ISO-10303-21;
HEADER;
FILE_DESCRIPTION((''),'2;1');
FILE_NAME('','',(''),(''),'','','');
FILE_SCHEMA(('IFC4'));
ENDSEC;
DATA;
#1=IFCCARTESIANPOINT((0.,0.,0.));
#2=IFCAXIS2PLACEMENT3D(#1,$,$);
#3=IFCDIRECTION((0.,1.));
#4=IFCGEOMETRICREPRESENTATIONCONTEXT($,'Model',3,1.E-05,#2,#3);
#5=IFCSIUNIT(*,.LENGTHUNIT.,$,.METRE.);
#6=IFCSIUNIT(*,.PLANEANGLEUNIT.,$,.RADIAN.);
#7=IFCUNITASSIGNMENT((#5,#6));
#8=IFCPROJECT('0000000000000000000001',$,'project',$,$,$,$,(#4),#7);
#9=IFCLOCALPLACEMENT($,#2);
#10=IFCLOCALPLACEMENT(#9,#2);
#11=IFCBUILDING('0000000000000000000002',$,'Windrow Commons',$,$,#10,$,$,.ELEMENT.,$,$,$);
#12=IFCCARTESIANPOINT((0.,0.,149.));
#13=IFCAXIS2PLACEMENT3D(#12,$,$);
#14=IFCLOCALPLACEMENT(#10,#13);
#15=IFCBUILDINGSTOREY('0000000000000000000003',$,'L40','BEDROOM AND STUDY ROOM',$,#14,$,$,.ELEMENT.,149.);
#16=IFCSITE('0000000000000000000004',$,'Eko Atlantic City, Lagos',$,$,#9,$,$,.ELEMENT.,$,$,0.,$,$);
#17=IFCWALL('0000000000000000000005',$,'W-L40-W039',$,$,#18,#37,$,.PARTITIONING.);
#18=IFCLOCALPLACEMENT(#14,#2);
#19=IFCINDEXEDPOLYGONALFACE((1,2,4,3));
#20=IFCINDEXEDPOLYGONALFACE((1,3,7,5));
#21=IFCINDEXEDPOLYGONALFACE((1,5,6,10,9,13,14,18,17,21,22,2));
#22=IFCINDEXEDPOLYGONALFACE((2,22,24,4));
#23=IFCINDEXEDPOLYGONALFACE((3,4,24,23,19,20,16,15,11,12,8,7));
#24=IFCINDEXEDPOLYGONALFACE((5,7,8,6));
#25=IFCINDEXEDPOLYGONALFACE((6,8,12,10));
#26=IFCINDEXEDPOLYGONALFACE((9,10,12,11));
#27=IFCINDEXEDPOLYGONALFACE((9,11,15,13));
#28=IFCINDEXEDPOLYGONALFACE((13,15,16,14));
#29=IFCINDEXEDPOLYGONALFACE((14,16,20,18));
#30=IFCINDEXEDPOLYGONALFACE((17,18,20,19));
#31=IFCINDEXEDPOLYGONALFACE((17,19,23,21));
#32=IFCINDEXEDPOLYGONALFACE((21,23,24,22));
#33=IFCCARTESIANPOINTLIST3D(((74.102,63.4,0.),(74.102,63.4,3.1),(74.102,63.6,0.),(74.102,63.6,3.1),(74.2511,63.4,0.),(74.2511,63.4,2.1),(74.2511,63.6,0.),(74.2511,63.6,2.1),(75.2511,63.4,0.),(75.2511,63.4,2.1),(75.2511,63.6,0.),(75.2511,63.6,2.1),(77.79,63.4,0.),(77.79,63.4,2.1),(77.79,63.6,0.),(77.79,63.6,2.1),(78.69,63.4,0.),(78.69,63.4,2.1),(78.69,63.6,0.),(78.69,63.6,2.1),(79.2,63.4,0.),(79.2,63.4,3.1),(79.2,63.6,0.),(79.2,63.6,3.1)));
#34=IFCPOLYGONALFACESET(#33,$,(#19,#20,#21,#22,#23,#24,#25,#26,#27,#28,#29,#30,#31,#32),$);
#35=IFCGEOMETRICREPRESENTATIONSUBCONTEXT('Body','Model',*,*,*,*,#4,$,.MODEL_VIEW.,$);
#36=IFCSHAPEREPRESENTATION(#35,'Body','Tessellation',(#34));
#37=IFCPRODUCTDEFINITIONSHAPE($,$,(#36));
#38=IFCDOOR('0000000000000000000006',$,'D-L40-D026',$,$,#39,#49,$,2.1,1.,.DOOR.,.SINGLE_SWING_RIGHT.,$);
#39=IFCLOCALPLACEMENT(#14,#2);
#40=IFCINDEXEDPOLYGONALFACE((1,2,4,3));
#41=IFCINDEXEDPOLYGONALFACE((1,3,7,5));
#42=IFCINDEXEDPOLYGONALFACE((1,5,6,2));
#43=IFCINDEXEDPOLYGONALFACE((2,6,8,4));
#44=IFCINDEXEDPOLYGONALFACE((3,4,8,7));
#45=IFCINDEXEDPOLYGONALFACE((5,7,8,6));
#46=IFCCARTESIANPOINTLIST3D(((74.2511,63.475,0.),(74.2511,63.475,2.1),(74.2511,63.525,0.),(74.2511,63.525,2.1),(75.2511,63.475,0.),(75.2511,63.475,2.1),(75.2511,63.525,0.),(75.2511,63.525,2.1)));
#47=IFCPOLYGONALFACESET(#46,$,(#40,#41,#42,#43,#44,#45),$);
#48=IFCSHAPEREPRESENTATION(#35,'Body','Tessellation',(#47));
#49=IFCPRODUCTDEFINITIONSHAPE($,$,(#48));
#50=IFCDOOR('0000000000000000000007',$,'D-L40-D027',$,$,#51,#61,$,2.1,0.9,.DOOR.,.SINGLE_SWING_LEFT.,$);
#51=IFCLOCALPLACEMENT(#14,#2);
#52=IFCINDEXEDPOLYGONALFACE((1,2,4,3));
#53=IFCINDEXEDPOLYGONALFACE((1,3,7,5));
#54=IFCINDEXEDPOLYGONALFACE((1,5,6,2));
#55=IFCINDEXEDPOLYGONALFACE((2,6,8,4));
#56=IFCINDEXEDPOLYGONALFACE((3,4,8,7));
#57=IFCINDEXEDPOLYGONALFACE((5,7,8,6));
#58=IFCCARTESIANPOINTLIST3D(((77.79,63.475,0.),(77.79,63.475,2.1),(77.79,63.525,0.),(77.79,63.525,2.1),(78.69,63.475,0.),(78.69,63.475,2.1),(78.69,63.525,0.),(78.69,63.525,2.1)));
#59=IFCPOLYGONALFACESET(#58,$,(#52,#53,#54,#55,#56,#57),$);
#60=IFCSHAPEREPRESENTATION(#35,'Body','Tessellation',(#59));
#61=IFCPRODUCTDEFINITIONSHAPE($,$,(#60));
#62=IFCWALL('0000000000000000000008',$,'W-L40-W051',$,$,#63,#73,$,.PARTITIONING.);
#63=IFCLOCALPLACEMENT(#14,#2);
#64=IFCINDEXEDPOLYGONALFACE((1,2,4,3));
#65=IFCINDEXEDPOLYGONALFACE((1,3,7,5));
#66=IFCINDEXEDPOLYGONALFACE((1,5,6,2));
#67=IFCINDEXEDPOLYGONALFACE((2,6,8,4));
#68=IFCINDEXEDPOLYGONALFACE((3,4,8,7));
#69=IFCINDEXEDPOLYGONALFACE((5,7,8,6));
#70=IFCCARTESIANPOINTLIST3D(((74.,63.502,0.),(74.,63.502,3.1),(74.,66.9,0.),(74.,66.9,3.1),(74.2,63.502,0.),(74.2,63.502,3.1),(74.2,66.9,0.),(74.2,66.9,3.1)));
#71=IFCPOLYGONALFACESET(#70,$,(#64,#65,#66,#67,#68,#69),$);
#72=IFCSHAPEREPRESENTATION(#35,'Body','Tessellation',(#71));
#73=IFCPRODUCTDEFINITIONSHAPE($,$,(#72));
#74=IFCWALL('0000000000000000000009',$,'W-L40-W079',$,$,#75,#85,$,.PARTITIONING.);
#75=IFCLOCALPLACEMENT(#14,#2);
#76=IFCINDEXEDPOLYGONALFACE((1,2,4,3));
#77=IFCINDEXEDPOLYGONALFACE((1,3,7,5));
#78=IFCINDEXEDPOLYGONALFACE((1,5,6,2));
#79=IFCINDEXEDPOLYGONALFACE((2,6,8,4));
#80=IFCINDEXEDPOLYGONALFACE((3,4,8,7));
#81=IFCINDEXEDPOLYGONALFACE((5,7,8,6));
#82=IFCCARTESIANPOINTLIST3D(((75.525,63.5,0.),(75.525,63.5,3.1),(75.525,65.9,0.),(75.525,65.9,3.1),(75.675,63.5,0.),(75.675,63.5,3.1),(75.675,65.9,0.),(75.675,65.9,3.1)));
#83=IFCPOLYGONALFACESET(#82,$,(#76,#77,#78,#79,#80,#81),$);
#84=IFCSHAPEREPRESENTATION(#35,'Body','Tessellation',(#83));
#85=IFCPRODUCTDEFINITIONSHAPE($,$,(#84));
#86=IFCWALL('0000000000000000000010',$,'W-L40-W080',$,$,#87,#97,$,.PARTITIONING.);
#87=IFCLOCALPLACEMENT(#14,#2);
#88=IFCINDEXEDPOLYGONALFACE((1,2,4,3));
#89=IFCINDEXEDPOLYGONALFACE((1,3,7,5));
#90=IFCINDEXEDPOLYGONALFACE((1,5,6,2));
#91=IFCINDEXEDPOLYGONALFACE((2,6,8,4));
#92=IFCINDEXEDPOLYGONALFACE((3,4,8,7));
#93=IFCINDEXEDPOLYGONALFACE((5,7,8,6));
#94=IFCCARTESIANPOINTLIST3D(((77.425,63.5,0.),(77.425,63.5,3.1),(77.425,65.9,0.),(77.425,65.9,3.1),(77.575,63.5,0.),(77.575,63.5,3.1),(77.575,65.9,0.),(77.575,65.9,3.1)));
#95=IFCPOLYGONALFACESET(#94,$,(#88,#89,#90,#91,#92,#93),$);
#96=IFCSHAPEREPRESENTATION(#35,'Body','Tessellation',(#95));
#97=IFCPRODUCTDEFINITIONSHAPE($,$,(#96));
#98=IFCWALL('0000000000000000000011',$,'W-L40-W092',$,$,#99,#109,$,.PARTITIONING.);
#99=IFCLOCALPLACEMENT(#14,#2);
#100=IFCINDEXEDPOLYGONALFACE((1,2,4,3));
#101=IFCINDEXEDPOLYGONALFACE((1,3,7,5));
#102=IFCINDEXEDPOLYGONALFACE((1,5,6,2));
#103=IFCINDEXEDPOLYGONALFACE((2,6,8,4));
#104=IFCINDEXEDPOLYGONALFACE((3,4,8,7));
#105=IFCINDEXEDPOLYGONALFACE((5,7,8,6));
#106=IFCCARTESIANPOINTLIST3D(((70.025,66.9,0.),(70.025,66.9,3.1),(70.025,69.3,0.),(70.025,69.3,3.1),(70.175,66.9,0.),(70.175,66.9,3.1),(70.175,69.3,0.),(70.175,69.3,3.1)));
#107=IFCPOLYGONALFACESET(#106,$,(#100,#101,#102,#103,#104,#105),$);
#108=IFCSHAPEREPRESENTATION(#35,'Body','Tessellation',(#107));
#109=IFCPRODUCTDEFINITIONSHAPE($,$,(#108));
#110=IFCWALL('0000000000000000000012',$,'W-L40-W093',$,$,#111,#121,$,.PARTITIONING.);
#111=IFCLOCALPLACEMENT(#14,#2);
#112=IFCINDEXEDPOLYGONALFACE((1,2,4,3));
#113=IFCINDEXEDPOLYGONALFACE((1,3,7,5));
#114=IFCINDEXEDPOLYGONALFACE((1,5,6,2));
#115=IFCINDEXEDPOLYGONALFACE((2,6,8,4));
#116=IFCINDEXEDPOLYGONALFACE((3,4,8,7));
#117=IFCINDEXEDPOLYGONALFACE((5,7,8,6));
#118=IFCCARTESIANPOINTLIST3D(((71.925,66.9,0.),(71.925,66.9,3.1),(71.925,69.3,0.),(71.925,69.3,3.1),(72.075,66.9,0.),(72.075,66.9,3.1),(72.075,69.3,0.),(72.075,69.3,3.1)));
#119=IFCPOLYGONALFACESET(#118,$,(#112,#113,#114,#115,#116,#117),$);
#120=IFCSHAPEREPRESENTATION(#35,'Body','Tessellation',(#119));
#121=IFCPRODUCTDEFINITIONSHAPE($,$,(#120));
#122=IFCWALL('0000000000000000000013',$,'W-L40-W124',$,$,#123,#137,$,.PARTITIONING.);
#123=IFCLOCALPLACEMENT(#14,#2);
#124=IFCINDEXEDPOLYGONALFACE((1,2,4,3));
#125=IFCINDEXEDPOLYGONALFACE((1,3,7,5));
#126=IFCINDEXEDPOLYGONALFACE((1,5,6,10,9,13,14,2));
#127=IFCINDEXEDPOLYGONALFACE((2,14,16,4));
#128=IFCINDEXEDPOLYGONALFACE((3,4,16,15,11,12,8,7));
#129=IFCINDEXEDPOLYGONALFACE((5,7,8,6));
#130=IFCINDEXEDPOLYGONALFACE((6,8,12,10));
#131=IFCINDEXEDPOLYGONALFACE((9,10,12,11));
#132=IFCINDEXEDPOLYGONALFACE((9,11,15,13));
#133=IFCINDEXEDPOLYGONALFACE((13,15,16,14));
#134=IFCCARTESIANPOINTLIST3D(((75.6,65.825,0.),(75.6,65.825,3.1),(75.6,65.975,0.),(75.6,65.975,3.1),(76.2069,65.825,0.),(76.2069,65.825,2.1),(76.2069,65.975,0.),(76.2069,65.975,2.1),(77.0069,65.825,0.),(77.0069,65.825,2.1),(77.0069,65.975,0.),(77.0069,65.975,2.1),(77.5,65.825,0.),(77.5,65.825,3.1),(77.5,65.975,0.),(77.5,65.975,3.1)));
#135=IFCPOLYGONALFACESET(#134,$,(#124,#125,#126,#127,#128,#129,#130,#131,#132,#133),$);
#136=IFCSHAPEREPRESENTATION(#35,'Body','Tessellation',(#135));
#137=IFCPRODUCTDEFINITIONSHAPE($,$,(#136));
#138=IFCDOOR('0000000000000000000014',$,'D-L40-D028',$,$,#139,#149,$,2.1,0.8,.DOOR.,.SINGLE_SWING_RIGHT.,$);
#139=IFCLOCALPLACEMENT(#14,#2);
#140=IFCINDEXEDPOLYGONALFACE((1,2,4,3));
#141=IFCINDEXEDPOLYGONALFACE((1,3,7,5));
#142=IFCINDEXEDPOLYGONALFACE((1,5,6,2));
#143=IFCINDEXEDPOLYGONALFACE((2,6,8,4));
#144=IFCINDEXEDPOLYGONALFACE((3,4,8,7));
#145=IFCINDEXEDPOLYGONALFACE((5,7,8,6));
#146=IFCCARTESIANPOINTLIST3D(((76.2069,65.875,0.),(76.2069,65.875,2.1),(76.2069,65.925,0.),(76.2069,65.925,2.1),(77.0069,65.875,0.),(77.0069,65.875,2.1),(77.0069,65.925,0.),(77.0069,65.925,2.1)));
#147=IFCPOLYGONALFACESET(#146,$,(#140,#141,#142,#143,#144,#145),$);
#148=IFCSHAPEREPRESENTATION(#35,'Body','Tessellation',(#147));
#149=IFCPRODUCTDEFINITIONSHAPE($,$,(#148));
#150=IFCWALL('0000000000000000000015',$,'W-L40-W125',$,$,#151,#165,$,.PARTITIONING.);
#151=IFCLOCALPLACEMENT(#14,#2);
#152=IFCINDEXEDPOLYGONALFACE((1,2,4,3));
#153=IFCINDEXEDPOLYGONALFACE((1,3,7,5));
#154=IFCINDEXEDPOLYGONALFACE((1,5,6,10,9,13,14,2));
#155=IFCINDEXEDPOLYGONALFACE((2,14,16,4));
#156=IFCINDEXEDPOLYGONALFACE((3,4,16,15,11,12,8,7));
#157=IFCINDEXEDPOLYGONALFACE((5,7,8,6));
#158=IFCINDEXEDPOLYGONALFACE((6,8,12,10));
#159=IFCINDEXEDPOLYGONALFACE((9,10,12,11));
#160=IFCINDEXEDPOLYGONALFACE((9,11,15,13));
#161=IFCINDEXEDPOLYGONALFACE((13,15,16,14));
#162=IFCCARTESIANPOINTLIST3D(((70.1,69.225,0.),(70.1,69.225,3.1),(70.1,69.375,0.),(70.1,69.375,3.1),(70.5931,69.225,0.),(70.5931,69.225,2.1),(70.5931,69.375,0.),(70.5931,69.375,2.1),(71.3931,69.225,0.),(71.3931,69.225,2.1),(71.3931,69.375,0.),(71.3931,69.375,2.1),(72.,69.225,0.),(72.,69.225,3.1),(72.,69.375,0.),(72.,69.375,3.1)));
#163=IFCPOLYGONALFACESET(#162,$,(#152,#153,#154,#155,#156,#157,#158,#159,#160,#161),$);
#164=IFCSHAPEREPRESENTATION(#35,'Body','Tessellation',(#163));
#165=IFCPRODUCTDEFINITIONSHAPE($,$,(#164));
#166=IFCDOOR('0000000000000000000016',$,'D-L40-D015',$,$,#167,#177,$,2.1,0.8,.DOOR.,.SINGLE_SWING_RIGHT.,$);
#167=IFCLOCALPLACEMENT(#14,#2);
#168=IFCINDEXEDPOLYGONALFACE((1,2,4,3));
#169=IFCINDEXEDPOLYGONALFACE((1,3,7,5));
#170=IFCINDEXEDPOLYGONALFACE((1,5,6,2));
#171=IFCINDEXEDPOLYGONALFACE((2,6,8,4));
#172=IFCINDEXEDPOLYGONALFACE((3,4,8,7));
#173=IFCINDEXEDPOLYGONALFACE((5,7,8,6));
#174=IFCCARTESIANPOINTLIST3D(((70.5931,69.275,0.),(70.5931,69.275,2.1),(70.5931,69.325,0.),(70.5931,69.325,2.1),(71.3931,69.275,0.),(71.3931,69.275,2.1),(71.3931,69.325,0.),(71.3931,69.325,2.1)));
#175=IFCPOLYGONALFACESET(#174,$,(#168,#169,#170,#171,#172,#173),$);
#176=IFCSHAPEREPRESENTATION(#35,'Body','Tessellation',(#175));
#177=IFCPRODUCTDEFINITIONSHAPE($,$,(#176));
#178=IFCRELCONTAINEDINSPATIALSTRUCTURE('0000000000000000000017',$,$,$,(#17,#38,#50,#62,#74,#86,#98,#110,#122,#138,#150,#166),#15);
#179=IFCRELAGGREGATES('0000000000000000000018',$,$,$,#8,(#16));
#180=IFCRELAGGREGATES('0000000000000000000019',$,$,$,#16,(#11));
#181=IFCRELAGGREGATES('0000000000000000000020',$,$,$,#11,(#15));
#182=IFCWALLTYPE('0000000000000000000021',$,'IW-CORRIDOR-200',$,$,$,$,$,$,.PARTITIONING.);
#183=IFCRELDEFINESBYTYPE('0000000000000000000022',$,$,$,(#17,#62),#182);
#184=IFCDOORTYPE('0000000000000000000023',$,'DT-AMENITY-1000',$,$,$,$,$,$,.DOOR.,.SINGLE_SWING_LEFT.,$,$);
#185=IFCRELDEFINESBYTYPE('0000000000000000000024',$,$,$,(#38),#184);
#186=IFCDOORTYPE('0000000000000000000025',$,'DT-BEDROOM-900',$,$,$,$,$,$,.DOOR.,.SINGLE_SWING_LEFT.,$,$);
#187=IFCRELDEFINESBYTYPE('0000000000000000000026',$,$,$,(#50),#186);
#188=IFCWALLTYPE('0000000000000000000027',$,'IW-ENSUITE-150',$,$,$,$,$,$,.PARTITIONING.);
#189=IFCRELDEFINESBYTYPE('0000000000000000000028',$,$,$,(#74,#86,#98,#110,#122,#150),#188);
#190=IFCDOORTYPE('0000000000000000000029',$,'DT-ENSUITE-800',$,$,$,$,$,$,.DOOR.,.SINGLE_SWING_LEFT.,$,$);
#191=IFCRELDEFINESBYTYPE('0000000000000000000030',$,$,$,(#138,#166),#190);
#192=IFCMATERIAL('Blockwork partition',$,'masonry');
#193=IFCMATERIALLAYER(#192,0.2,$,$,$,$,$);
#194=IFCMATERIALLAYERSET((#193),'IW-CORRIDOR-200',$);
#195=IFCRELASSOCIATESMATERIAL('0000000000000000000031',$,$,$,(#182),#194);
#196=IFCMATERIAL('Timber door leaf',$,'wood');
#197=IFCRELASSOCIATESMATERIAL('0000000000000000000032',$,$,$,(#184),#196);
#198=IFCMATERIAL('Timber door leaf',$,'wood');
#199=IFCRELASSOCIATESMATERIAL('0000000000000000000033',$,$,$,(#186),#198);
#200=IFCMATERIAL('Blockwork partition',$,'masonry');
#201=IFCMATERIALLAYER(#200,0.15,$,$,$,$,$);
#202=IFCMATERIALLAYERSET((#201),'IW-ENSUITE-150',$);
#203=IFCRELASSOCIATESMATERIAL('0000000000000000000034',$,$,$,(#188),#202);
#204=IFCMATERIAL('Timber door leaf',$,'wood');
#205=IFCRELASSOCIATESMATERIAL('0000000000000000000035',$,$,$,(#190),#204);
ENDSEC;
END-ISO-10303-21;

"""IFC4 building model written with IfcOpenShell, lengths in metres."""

from ifc_helpers import new_model, si_unit, direction, frame, frame_2d, origin, place, context, subcontext, project, spatial, rectangle, extrude, material, layer, layer_set, type_object, element, fill, save


model = new_model("IFC4")

# Units and contexts
model_context = context("Model", 3, precision=1e-05, world=origin(), true_north=direction((0.0, 1.0)))
body_context = subcontext(model_context, "Body", "Model", "MODEL_VIEW")
ifc_project = project(units=[si_unit("LENGTHUNIT", "METRE"), si_unit("PLANEANGLEUNIT", "RADIAN")], contexts=[model_context])

# Site, building, storey
site_placement = place(None, origin())
site = spatial("IfcSite", under=ifc_project, at=site_placement, Name="Eko Atlantic City, Lagos", CompositionType="ELEMENT", RefElevation=0.0)
building_placement = place(site_placement, origin())
building = spatial("IfcBuilding", under=site, at=building_placement, Name="Windrow Commons", CompositionType="ELEMENT")
storey_placement = place(building_placement, frame((0.0, 0.0, 149.0)))
storey = spatial("IfcBuildingStorey", under=building, at=storey_placement, Name="L40", Description="BEDROOM AND STUDY ROOM", CompositionType="ELEMENT", Elevation=149.0)

# Wall, openings, doors
ifc_material_1 = material(Name="Blockwork partition", Category="masonry")
ifc_layer_1 = layer(ifc_material_1, 0.2)
ifc_layer_set_1 = layer_set([ifc_layer_1], Name="IW-CORRIDOR-200")
wall_type_1 = type_object("IfcWallType", Name="IW-CORRIDOR-200", PredefinedType="PARTITIONING", material=ifc_layer_set_1)
wall_1_placement = place(storey_placement, frame((74.102, 63.5, 0.0), z_axis=(0.0, 0.0, 1.0), x_axis=(1.0, 0.0, 0.0)))
wall_1 = element("IfcWall", 1, at=wall_1_placement, inside=storey, type_object=wall_type_1, Name="W-L40-W039", PredefinedType="PARTITIONING", context=body_context, shape_type="SweptSolid", body=[
    extrude(rectangle(XDim=5.098, YDim=0.2, at=frame_2d((2.549, 0.0))), origin(), (0.0, 0.0, 1.0), 3.1),
])
opening_1_placement = place(wall_1_placement, frame((0.1491, 0.0, 0.0)))
opening_1 = element("IfcOpeningElement", 2, at=opening_1_placement, cuts=wall_1, PredefinedType="OPENING", context=body_context, shape_type="SweptSolid", body=[
    extrude(rectangle(XDim=1.0, YDim=2.1, at=frame_2d((0.5, 1.05))), frame((0.0, 0.11, 0.0), z_axis=(0.0, -1.0, 0.0), x_axis=(1.0, 0.0, 0.0)), (0.0, 0.0, 1.0), 0.22),
])
opening_2_placement = place(wall_1_placement, frame((3.688, 0.0, 0.0)))
opening_2 = element("IfcOpeningElement", 3, at=opening_2_placement, cuts=wall_1, PredefinedType="OPENING", context=body_context, shape_type="SweptSolid", body=[
    extrude(rectangle(XDim=0.9, YDim=2.1, at=frame_2d((0.45, 1.05))), frame((0.0, 0.11, 0.0), z_axis=(0.0, -1.0, 0.0), x_axis=(1.0, 0.0, 0.0)), (0.0, 0.0, 1.0), 0.22),
])
ifc_material_2 = material(Name="Timber door leaf", Category="wood")
door_type_1 = type_object("IfcDoorType", Name="DT-AMENITY-1000", OperationType="SINGLE_SWING_LEFT", PredefinedType="DOOR", material=ifc_material_2)
door_1_placement = place(opening_1_placement, origin())
door_1 = element("IfcDoor", 4, at=door_1_placement, inside=storey, type_object=door_type_1, Name="D-L40-D026", OperationType="SINGLE_SWING_RIGHT", OverallHeight=2.1, OverallWidth=1.0, PredefinedType="DOOR", context=body_context, shape_type="SweptSolid", body=[
    extrude(rectangle(XDim=1.0, YDim=2.1, at=frame_2d((0.5, 1.05))), frame((0.0, 0.025, 0.0), z_axis=(0.0, -1.0, 0.0), x_axis=(1.0, 0.0, 0.0)), (0.0, 0.0, 1.0), 0.05),
])
fill(opening_1, door_1)
ifc_material_3 = material(Name="Timber door leaf", Category="wood")
door_type_2 = type_object("IfcDoorType", Name="DT-BEDROOM-900", OperationType="SINGLE_SWING_LEFT", PredefinedType="DOOR", material=ifc_material_3)
door_2_placement = place(opening_2_placement, origin())
door_2 = element("IfcDoor", 5, at=door_2_placement, inside=storey, type_object=door_type_2, Name="D-L40-D027", OperationType="SINGLE_SWING_LEFT", OverallHeight=2.1, OverallWidth=0.9, PredefinedType="DOOR", context=body_context, shape_type="SweptSolid", body=[
    extrude(rectangle(XDim=0.9, YDim=2.1, at=frame_2d((0.45, 1.05))), frame((0.0, 0.025, 0.0), z_axis=(0.0, -1.0, 0.0), x_axis=(1.0, 0.0, 0.0)), (0.0, 0.0, 1.0), 0.05),
])
fill(opening_2, door_2)

# Walls
wall_2_placement = place(storey_placement, frame((74.1, 63.502, 0.0), z_axis=(0.0, 0.0, 1.0), x_axis=(0.0, 1.0, 0.0)))
element("IfcWall", 6, at=wall_2_placement, inside=storey, type_object=wall_type_1, Name="W-L40-W051", PredefinedType="PARTITIONING", context=body_context, shape_type="SweptSolid", body=[
    extrude(rectangle(XDim=3.398, YDim=0.2, at=frame_2d((1.699, 0.0))), origin(), (0.0, 0.0, 1.0), 3.1),
])
ifc_material_4 = material(Name="Blockwork partition", Category="masonry")
ifc_layer_2 = layer(ifc_material_4, 0.15)
ifc_layer_set_2 = layer_set([ifc_layer_2], Name="IW-ENSUITE-150")
wall_type_2 = type_object("IfcWallType", Name="IW-ENSUITE-150", PredefinedType="PARTITIONING", material=ifc_layer_set_2)
for number, where, z_axis, x_axis, name in (
    (7, (75.6, 63.5, 0.0), (0.0, 0.0, 1.0), (0.0, 1.0, 0.0), "W-L40-W079"),
    (8, (77.5, 63.5, 0.0), (0.0, 0.0, 1.0), (0.0, 1.0, 0.0), "W-L40-W080"),
    (9, (70.1, 66.9, 0.0), (0.0, 0.0, 1.0), (0.0, 1.0, 0.0), "W-L40-W092"),
    (10, (72.0, 66.9, 0.0), (0.0, 0.0, 1.0), (0.0, 1.0, 0.0), "W-L40-W093"),
):
    element("IfcWall", number, at=place(storey_placement, frame(where, z_axis=z_axis, x_axis=x_axis)), inside=storey, type_object=wall_type_2, Name=name, PredefinedType="PARTITIONING", context=body_context, shape_type="SweptSolid", body=[
        extrude(rectangle(XDim=2.4, YDim=0.15, at=frame_2d((1.2, 0.0))), origin(), (0.0, 0.0, 1.0), 3.1),
    ])

# Walls, openings, doors
wall_3_placement = place(storey_placement, frame((75.6, 65.9, 0.0), z_axis=(0.0, 0.0, 1.0), x_axis=(1.0, 0.0, 0.0)))
wall_3 = element("IfcWall", 11, at=wall_3_placement, inside=storey, type_object=wall_type_2, Name="W-L40-W124", PredefinedType="PARTITIONING", context=body_context, shape_type="SweptSolid", body=[
    extrude(rectangle(XDim=1.9, YDim=0.15, at=frame_2d((0.95, 0.0))), origin(), (0.0, 0.0, 1.0), 3.1),
])
opening_3_placement = place(wall_3_placement, frame((0.6069, 0.0, 0.0)))
opening_3 = element("IfcOpeningElement", 12, at=opening_3_placement, cuts=wall_3, PredefinedType="OPENING", context=body_context, shape_type="SweptSolid", body=[
    extrude(rectangle(XDim=0.8, YDim=2.1, at=frame_2d((0.4, 1.05))), frame((0.0, 0.085, 0.0), z_axis=(0.0, -1.0, 0.0), x_axis=(1.0, 0.0, 0.0)), (0.0, 0.0, 1.0), 0.17),
])
ifc_material_5 = material(Name="Timber door leaf", Category="wood")
door_type_3 = type_object("IfcDoorType", Name="DT-ENSUITE-800", OperationType="SINGLE_SWING_LEFT", PredefinedType="DOOR", material=ifc_material_5)
door_3_placement = place(opening_3_placement, origin())
door_3 = element("IfcDoor", 13, at=door_3_placement, inside=storey, type_object=door_type_3, Name="D-L40-D028", OperationType="SINGLE_SWING_RIGHT", OverallHeight=2.1, OverallWidth=0.8, PredefinedType="DOOR", context=body_context, shape_type="SweptSolid", body=[
    extrude(rectangle(XDim=0.8, YDim=2.1, at=frame_2d((0.4, 1.05))), frame((0.0, 0.025, 0.0), z_axis=(0.0, -1.0, 0.0), x_axis=(1.0, 0.0, 0.0)), (0.0, 0.0, 1.0), 0.05),
])
fill(opening_3, door_3)
wall_4_placement = place(storey_placement, frame((70.1, 69.3, 0.0), z_axis=(0.0, 0.0, 1.0), x_axis=(1.0, 0.0, 0.0)))
wall_4 = element("IfcWall", 14, at=wall_4_placement, inside=storey, type_object=wall_type_2, Name="W-L40-W125", PredefinedType="PARTITIONING", context=body_context, shape_type="SweptSolid", body=[
    extrude(rectangle(XDim=1.9, YDim=0.15, at=frame_2d((0.95, 0.0))), origin(), (0.0, 0.0, 1.0), 3.1),
])
opening_4_placement = place(wall_4_placement, frame((0.4931, 0.0, 0.0)))
opening_4 = element("IfcOpeningElement", 15, at=opening_4_placement, cuts=wall_4, PredefinedType="OPENING", context=body_context, shape_type="SweptSolid", body=[
    extrude(rectangle(XDim=0.8, YDim=2.1, at=frame_2d((0.4, 1.05))), frame((0.0, 0.085, 0.0), z_axis=(0.0, -1.0, 0.0), x_axis=(1.0, 0.0, 0.0)), (0.0, 0.0, 1.0), 0.17),
])
door_4_placement = place(opening_4_placement, origin())
door_4 = element("IfcDoor", 16, at=door_4_placement, inside=storey, type_object=door_type_3, Name="D-L40-D015", OperationType="SINGLE_SWING_RIGHT", OverallHeight=2.1, OverallWidth=0.8, PredefinedType="DOOR", context=body_context, shape_type="SweptSolid", body=[
    extrude(rectangle(XDim=0.8, YDim=2.1, at=frame_2d((0.4, 1.05))), frame((0.0, 0.025, 0.0), z_axis=(0.0, -1.0, 0.0), x_axis=(1.0, 0.0, 0.0)), (0.0, 0.0, 1.0), 0.05),
])
fill(opening_4, door_4)

save(model, "model.ifc")
